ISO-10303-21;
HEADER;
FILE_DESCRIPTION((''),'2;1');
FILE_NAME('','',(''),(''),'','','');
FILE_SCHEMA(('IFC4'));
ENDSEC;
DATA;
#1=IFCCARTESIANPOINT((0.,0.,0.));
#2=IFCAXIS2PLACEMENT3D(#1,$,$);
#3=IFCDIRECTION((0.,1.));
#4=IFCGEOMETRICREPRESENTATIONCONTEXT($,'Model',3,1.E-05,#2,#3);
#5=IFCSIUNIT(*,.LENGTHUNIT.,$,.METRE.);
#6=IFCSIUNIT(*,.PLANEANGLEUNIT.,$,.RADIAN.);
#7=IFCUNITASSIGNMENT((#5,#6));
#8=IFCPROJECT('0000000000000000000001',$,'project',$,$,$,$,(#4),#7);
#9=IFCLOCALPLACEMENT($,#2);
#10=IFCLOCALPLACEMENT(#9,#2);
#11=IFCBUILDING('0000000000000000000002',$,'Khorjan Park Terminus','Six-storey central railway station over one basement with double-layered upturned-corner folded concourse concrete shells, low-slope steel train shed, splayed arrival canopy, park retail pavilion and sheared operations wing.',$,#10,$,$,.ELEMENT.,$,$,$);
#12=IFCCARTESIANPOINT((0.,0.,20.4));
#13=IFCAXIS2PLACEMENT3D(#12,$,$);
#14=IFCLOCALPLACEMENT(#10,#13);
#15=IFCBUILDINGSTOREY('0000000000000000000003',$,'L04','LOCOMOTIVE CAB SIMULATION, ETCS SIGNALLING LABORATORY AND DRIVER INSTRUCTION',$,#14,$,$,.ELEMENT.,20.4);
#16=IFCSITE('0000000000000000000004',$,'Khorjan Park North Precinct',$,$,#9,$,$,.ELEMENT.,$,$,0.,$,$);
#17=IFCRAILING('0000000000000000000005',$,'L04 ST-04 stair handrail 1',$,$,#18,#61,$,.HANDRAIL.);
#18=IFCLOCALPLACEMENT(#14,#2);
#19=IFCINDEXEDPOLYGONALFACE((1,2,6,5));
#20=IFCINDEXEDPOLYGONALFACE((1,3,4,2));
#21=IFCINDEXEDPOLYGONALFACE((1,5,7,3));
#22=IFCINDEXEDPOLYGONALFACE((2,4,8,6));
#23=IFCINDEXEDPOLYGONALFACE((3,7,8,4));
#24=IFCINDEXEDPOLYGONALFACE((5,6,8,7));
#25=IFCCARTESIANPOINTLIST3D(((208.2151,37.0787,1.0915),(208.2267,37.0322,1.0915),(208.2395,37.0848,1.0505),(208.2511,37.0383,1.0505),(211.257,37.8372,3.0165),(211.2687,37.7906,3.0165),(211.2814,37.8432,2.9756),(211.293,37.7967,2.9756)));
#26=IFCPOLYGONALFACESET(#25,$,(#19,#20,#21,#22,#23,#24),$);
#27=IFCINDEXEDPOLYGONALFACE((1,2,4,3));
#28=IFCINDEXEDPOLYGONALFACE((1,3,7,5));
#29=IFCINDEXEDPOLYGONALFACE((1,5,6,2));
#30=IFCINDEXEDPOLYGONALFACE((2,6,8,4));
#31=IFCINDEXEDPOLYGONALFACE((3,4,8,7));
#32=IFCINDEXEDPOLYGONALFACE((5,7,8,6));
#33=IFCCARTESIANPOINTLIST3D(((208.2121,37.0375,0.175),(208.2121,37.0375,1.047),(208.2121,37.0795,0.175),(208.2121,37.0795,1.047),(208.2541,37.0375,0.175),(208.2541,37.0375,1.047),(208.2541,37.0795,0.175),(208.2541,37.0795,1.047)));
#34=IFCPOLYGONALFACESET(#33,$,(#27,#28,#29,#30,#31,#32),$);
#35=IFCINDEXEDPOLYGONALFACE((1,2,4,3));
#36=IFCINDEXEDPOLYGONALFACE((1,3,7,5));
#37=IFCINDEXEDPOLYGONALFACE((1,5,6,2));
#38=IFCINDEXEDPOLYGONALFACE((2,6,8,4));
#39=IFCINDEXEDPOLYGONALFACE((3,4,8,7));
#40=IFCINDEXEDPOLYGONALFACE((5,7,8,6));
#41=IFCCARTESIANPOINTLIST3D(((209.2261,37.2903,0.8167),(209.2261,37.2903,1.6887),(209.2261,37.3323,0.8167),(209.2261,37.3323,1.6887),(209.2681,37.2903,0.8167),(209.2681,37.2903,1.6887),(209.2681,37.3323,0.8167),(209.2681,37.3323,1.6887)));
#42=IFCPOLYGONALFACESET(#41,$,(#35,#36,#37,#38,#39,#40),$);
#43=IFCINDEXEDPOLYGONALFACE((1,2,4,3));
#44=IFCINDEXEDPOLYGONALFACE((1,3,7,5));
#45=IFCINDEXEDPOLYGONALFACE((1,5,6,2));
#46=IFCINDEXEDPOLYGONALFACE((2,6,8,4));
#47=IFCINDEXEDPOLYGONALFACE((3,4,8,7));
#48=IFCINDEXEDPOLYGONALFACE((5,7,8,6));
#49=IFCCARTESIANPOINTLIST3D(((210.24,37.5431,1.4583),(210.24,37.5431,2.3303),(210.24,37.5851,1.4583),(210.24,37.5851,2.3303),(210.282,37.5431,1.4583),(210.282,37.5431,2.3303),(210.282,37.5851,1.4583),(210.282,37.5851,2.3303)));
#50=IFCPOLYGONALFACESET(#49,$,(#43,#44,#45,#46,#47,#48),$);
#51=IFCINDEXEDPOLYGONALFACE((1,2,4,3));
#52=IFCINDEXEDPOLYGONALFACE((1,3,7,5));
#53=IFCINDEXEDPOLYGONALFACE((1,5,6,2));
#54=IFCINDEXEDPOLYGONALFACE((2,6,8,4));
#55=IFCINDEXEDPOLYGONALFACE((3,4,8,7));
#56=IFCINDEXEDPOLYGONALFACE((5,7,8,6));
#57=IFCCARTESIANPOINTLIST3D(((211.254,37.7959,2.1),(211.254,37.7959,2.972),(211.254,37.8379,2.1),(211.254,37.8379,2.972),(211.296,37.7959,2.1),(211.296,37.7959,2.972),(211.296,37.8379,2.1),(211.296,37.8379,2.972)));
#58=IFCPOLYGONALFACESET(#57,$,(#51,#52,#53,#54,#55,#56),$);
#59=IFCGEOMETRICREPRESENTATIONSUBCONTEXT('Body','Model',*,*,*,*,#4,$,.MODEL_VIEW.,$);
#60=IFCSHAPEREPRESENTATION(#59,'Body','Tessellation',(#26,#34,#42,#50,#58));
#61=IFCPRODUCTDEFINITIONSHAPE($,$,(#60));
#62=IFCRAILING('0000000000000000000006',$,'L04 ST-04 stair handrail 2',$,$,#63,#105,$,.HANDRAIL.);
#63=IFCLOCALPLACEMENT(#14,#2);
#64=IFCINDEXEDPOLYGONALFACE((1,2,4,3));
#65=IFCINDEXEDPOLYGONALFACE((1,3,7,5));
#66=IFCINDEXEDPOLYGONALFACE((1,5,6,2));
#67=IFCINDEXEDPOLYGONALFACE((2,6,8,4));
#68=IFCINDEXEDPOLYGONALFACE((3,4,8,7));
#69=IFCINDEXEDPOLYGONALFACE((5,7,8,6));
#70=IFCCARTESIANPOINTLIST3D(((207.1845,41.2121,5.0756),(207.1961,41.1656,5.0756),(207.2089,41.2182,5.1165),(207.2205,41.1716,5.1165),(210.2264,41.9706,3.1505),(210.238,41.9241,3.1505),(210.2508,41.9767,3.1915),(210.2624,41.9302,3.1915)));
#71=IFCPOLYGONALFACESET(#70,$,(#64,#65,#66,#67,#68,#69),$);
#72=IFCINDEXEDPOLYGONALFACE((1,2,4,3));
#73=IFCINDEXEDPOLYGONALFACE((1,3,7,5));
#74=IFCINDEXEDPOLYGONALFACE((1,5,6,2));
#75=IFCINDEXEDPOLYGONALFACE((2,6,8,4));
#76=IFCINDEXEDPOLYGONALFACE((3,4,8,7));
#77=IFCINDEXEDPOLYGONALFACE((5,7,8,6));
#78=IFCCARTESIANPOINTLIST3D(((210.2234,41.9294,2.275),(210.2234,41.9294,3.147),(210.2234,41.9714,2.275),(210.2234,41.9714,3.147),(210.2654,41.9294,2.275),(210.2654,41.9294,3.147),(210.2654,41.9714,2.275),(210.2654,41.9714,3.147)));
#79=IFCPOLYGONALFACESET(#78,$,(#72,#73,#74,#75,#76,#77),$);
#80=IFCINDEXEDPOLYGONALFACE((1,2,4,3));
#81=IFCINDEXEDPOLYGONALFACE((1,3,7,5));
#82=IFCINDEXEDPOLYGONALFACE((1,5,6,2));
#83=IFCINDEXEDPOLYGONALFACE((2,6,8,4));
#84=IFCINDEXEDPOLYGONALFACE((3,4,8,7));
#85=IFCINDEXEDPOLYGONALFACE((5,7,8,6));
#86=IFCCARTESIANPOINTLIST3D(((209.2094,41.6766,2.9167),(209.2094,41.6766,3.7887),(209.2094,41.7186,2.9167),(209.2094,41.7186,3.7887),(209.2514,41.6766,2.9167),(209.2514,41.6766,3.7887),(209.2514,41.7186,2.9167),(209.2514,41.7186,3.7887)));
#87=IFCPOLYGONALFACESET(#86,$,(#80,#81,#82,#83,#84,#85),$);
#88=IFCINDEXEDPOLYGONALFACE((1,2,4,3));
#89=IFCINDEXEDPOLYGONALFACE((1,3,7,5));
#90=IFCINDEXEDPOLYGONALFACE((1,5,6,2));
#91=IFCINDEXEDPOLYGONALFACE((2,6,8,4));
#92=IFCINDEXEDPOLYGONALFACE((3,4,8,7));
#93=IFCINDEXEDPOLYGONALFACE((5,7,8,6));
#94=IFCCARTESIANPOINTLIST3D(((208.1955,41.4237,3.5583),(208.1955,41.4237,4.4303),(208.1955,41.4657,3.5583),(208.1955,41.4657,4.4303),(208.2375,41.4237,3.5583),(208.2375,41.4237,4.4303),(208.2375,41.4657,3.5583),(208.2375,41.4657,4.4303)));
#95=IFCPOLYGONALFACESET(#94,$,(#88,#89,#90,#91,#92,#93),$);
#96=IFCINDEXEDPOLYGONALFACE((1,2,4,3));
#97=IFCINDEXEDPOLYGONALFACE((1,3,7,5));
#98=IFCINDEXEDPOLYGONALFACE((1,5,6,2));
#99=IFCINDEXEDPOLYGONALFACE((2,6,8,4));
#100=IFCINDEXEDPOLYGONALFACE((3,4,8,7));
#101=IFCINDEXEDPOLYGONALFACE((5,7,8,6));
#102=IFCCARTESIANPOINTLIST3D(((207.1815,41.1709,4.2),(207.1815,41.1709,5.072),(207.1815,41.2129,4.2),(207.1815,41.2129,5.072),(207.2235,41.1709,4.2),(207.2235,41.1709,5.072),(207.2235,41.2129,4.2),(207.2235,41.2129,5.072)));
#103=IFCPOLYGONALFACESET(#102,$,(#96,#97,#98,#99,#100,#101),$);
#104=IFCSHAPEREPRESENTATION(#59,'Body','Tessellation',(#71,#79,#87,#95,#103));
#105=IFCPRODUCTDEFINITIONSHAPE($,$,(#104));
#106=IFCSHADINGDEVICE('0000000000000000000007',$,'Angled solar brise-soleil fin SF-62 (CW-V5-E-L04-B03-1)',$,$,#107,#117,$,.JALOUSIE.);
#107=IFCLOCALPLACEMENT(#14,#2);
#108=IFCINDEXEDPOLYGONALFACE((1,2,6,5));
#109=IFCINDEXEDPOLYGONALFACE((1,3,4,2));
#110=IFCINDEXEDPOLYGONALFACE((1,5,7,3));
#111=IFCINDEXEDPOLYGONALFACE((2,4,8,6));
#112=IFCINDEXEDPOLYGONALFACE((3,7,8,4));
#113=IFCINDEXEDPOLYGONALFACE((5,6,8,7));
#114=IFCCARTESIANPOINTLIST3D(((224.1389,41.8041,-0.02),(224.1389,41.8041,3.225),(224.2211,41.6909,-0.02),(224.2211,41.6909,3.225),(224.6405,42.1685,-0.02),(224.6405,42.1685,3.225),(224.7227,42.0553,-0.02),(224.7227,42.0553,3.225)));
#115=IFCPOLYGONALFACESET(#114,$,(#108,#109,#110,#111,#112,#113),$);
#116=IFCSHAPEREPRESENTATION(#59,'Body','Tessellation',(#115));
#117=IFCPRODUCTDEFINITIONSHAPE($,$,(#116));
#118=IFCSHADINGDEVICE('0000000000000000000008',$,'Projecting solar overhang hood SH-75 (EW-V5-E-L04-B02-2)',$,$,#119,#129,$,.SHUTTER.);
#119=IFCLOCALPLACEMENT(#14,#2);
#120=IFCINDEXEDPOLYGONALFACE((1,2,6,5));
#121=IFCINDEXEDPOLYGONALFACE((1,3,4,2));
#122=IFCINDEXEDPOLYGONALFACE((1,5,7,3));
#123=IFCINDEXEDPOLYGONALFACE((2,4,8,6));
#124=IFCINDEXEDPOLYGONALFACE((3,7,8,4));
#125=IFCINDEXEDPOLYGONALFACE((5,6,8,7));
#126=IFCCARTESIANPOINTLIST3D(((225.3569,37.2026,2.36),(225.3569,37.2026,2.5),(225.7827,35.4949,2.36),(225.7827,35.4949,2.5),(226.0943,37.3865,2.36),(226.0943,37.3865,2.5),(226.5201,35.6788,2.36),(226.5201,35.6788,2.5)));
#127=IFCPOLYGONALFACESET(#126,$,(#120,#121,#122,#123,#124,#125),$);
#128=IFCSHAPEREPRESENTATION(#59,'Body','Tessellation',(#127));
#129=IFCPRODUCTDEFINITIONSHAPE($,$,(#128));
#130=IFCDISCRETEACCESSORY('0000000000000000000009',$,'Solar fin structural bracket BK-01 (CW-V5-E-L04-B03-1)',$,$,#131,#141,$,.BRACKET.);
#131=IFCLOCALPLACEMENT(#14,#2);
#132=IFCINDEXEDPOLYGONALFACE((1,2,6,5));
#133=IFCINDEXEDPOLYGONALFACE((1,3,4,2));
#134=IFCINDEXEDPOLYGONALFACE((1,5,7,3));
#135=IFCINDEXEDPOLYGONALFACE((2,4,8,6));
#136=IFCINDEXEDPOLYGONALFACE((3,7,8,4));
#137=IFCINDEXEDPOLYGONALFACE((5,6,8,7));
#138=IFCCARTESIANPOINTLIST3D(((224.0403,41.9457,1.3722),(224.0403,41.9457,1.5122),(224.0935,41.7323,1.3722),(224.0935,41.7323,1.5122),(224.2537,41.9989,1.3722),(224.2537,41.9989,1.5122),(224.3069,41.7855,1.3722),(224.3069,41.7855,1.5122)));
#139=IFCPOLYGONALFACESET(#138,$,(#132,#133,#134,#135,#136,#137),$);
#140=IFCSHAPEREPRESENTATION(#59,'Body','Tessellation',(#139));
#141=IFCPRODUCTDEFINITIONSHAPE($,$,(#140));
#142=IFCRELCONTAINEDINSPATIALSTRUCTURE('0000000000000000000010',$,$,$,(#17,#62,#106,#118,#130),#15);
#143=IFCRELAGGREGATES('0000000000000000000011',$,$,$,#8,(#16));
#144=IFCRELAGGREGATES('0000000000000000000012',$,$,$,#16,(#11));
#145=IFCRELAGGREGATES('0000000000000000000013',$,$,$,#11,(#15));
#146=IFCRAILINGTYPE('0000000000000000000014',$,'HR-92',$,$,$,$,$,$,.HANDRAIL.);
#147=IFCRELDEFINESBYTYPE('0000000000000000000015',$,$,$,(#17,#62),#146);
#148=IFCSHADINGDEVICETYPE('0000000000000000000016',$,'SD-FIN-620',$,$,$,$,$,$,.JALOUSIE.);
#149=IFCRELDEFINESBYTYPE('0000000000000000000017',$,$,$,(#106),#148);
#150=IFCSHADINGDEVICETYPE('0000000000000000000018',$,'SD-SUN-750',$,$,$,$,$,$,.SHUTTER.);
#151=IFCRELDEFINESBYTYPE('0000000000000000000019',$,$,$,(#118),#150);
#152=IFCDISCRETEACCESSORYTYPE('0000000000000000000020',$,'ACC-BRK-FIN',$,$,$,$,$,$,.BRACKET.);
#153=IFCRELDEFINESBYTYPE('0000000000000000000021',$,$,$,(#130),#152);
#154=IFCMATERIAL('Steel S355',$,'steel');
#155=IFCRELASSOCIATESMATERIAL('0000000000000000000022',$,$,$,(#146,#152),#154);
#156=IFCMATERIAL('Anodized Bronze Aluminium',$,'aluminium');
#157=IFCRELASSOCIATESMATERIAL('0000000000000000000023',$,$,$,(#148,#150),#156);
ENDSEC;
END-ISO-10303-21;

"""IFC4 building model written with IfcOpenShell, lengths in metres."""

from ifc_helpers import new_model, si_unit, direction, frame, origin, origin_2d, place, context, subcontext, project, spatial, rectangle, extrude, material, type_object, element, save


model = new_model("IFC4")

# Units and contexts
model_context = context("Model", 3, precision=1e-05, world=origin(), true_north=direction((0.0, 1.0)))
body_context = subcontext(model_context, "Body", "Model", "MODEL_VIEW")
ifc_project = project(units=[si_unit("LENGTHUNIT", "METRE"), si_unit("PLANEANGLEUNIT", "RADIAN")], contexts=[model_context])

# Site, building, storey
site_placement = place(None, origin())
site = spatial("IfcSite", under=ifc_project, at=site_placement, Name="Khorjan Park North Precinct", CompositionType="ELEMENT", RefElevation=0.0)
building_placement = place(site_placement, origin())
building = spatial("IfcBuilding", under=site, at=building_placement, Name="Khorjan Park Terminus", Description="Six-storey central railway station over one basement with double-layered upturned-corner folded concourse concrete shells, low-slope steel train shed, splayed arrival canopy, park retail pavilion and sheared operations wing.", CompositionType="ELEMENT")
storey_placement = place(building_placement, frame((0.0, 0.0, 20.4)))
storey = spatial("IfcBuildingStorey", under=building, at=storey_placement, Name="L04", Description="LOCOMOTIVE CAB SIMULATION, ETCS SIGNALLING LABORATORY AND DRIVER INSTRUCTION", CompositionType="ELEMENT", Elevation=20.4)

# Shared definitions
ifc_material_1 = material(Name="Steel S355", Category="steel")

# Shared definitions
ifc_material_2 = material(Name="Anodized Bronze Aluminium", Category="aluminium")

# Railings
railing_type_1 = type_object("IfcRailingType", Name="HR-92", PredefinedType="HANDRAIL", material=ifc_material_1)
railing_1_placement = place(storey_placement, frame((208.2331, 37.0585, 0.175)))
element("IfcRailing", 1, at=railing_1_placement, inside=storey, type_object=railing_type_1, Name="L04 ST-04 stair handrail 1", PredefinedType="HANDRAIL", context=body_context, shape_type="SweptSolid", body=[
    extrude(rectangle(XDim=0.048, YDim=0.048, at=origin_2d()), frame((0.0, 0.0, 0.896), z_axis=(0.826861, 0.206151, 0.523261), x_axis=(-0.241913, 0.970298, 0.0)), (0.0, 0.0, 1.0), 3.6789),
    extrude(rectangle(XDim=0.042, YDim=0.042, at=origin_2d()), origin(), (0.0, 0.0, 1.0), 0.872),
    extrude(rectangle(XDim=0.042, YDim=0.042, at=origin_2d()), frame((1.014, 0.2528, 0.6417)), (0.0, 0.0, 1.0), 0.872),
    extrude(rectangle(XDim=0.042, YDim=0.042, at=origin_2d()), frame((2.0279, 0.5056, 1.2833)), (0.0, 0.0, 1.0), 0.872),
    extrude(rectangle(XDim=0.042, YDim=0.042, at=origin_2d()), frame((3.0419, 0.7584, 1.925)), (0.0, 0.0, 1.0), 0.872),
])
railing_2_placement = place(storey_placement, frame((210.2444, 41.9504, 2.275)))
element("IfcRailing", 2, at=railing_2_placement, inside=storey, type_object=railing_type_1, Name="L04 ST-04 stair handrail 2", PredefinedType="HANDRAIL", context=body_context, shape_type="SweptSolid", body=[
    extrude(rectangle(XDim=0.048, YDim=0.048, at=origin_2d()), frame((0.0, 0.0, 0.896), z_axis=(-0.826857, -0.206177, 0.523258), x_axis=(0.241943, -0.970291, 0.0)), (0.0, 0.0, 1.0), 3.6789),
    extrude(rectangle(XDim=0.042, YDim=0.042, at=origin_2d()), origin(), (0.0, 0.0, 1.0), 0.872),
    extrude(rectangle(XDim=0.042, YDim=0.042, at=origin_2d()), frame((-1.014, -0.2528, 0.6417)), (0.0, 0.0, 1.0), 0.872),
    extrude(rectangle(XDim=0.042, YDim=0.042, at=origin_2d()), frame((-2.0279, -0.5057, 1.2833)), (0.0, 0.0, 1.0), 0.872),
    extrude(rectangle(XDim=0.042, YDim=0.042, at=origin_2d()), frame((-3.0419, -0.7585, 1.925)), (0.0, 0.0, 1.0), 0.872),
])

# Shading devices
shading_device_type_1 = type_object("IfcShadingDeviceType", Name="SD-FIN-620", PredefinedType="JALOUSIE", material=ifc_material_2)
shading_device_1_placement = place(storey_placement, frame((224.4308, 41.9297, -0.02), z_axis=(0.0, 0.0, 1.0), x_axis=(-0.809017, -0.587785, 0.0)))
element("IfcShadingDevice", 3, at=shading_device_1_placement, inside=storey, type_object=shading_device_type_1, Name="Angled solar brise-soleil fin SF-62 (CW-V5-E-L04-B03-1)", PredefinedType="JALOUSIE", context=body_context, shape_type="SweptSolid", body=[
    extrude(rectangle(XDim=0.62, YDim=0.14, at=origin_2d()), origin(), (0.0, 0.0, 1.0), 3.245),
])
shading_device_type_2 = type_object("IfcShadingDeviceType", Name="SD-SUN-750", PredefinedType="SHUTTER", material=ifc_material_2)
shading_device_2_placement = place(storey_placement, frame((225.9385, 36.4407, 2.36), z_axis=(0.0, 0.0, 1.0), x_axis=(-0.24192, 0.970296, 0.0)))
element("IfcShadingDevice", 4, at=shading_device_2_placement, inside=storey, type_object=shading_device_type_2, Name="Projecting solar overhang hood SH-75 (EW-V5-E-L04-B02-2)", PredefinedType="SHUTTER", context=body_context, shape_type="SweptSolid", body=[
    extrude(rectangle(XDim=1.76, YDim=0.76, at=origin_2d()), origin(), (0.0, 0.0, 1.0), 0.14),
])

# Discrete accessory
discrete_accessory_type = type_object("IfcDiscreteAccessoryType", Name="ACC-BRK-FIN", PredefinedType="BRACKET", material=ifc_material_1)
discrete_accessory_placement = place(storey_placement, frame((224.1736, 41.8656, 1.3722), z_axis=(0.0, 0.0, 1.0), x_axis=(-0.241923, 0.970295, 0.0)))
element("IfcDiscreteAccessory", 5, at=discrete_accessory_placement, inside=storey, type_object=discrete_accessory_type, Name="Solar fin structural bracket BK-01 (CW-V5-E-L04-B03-1)", PredefinedType="BRACKET", context=body_context, shape_type="SweptSolid", body=[
    extrude(rectangle(XDim=0.22, YDim=0.22, at=origin_2d()), origin(), (0.0, 0.0, 1.0), 0.14),
])

save(model, "model.ifc")
